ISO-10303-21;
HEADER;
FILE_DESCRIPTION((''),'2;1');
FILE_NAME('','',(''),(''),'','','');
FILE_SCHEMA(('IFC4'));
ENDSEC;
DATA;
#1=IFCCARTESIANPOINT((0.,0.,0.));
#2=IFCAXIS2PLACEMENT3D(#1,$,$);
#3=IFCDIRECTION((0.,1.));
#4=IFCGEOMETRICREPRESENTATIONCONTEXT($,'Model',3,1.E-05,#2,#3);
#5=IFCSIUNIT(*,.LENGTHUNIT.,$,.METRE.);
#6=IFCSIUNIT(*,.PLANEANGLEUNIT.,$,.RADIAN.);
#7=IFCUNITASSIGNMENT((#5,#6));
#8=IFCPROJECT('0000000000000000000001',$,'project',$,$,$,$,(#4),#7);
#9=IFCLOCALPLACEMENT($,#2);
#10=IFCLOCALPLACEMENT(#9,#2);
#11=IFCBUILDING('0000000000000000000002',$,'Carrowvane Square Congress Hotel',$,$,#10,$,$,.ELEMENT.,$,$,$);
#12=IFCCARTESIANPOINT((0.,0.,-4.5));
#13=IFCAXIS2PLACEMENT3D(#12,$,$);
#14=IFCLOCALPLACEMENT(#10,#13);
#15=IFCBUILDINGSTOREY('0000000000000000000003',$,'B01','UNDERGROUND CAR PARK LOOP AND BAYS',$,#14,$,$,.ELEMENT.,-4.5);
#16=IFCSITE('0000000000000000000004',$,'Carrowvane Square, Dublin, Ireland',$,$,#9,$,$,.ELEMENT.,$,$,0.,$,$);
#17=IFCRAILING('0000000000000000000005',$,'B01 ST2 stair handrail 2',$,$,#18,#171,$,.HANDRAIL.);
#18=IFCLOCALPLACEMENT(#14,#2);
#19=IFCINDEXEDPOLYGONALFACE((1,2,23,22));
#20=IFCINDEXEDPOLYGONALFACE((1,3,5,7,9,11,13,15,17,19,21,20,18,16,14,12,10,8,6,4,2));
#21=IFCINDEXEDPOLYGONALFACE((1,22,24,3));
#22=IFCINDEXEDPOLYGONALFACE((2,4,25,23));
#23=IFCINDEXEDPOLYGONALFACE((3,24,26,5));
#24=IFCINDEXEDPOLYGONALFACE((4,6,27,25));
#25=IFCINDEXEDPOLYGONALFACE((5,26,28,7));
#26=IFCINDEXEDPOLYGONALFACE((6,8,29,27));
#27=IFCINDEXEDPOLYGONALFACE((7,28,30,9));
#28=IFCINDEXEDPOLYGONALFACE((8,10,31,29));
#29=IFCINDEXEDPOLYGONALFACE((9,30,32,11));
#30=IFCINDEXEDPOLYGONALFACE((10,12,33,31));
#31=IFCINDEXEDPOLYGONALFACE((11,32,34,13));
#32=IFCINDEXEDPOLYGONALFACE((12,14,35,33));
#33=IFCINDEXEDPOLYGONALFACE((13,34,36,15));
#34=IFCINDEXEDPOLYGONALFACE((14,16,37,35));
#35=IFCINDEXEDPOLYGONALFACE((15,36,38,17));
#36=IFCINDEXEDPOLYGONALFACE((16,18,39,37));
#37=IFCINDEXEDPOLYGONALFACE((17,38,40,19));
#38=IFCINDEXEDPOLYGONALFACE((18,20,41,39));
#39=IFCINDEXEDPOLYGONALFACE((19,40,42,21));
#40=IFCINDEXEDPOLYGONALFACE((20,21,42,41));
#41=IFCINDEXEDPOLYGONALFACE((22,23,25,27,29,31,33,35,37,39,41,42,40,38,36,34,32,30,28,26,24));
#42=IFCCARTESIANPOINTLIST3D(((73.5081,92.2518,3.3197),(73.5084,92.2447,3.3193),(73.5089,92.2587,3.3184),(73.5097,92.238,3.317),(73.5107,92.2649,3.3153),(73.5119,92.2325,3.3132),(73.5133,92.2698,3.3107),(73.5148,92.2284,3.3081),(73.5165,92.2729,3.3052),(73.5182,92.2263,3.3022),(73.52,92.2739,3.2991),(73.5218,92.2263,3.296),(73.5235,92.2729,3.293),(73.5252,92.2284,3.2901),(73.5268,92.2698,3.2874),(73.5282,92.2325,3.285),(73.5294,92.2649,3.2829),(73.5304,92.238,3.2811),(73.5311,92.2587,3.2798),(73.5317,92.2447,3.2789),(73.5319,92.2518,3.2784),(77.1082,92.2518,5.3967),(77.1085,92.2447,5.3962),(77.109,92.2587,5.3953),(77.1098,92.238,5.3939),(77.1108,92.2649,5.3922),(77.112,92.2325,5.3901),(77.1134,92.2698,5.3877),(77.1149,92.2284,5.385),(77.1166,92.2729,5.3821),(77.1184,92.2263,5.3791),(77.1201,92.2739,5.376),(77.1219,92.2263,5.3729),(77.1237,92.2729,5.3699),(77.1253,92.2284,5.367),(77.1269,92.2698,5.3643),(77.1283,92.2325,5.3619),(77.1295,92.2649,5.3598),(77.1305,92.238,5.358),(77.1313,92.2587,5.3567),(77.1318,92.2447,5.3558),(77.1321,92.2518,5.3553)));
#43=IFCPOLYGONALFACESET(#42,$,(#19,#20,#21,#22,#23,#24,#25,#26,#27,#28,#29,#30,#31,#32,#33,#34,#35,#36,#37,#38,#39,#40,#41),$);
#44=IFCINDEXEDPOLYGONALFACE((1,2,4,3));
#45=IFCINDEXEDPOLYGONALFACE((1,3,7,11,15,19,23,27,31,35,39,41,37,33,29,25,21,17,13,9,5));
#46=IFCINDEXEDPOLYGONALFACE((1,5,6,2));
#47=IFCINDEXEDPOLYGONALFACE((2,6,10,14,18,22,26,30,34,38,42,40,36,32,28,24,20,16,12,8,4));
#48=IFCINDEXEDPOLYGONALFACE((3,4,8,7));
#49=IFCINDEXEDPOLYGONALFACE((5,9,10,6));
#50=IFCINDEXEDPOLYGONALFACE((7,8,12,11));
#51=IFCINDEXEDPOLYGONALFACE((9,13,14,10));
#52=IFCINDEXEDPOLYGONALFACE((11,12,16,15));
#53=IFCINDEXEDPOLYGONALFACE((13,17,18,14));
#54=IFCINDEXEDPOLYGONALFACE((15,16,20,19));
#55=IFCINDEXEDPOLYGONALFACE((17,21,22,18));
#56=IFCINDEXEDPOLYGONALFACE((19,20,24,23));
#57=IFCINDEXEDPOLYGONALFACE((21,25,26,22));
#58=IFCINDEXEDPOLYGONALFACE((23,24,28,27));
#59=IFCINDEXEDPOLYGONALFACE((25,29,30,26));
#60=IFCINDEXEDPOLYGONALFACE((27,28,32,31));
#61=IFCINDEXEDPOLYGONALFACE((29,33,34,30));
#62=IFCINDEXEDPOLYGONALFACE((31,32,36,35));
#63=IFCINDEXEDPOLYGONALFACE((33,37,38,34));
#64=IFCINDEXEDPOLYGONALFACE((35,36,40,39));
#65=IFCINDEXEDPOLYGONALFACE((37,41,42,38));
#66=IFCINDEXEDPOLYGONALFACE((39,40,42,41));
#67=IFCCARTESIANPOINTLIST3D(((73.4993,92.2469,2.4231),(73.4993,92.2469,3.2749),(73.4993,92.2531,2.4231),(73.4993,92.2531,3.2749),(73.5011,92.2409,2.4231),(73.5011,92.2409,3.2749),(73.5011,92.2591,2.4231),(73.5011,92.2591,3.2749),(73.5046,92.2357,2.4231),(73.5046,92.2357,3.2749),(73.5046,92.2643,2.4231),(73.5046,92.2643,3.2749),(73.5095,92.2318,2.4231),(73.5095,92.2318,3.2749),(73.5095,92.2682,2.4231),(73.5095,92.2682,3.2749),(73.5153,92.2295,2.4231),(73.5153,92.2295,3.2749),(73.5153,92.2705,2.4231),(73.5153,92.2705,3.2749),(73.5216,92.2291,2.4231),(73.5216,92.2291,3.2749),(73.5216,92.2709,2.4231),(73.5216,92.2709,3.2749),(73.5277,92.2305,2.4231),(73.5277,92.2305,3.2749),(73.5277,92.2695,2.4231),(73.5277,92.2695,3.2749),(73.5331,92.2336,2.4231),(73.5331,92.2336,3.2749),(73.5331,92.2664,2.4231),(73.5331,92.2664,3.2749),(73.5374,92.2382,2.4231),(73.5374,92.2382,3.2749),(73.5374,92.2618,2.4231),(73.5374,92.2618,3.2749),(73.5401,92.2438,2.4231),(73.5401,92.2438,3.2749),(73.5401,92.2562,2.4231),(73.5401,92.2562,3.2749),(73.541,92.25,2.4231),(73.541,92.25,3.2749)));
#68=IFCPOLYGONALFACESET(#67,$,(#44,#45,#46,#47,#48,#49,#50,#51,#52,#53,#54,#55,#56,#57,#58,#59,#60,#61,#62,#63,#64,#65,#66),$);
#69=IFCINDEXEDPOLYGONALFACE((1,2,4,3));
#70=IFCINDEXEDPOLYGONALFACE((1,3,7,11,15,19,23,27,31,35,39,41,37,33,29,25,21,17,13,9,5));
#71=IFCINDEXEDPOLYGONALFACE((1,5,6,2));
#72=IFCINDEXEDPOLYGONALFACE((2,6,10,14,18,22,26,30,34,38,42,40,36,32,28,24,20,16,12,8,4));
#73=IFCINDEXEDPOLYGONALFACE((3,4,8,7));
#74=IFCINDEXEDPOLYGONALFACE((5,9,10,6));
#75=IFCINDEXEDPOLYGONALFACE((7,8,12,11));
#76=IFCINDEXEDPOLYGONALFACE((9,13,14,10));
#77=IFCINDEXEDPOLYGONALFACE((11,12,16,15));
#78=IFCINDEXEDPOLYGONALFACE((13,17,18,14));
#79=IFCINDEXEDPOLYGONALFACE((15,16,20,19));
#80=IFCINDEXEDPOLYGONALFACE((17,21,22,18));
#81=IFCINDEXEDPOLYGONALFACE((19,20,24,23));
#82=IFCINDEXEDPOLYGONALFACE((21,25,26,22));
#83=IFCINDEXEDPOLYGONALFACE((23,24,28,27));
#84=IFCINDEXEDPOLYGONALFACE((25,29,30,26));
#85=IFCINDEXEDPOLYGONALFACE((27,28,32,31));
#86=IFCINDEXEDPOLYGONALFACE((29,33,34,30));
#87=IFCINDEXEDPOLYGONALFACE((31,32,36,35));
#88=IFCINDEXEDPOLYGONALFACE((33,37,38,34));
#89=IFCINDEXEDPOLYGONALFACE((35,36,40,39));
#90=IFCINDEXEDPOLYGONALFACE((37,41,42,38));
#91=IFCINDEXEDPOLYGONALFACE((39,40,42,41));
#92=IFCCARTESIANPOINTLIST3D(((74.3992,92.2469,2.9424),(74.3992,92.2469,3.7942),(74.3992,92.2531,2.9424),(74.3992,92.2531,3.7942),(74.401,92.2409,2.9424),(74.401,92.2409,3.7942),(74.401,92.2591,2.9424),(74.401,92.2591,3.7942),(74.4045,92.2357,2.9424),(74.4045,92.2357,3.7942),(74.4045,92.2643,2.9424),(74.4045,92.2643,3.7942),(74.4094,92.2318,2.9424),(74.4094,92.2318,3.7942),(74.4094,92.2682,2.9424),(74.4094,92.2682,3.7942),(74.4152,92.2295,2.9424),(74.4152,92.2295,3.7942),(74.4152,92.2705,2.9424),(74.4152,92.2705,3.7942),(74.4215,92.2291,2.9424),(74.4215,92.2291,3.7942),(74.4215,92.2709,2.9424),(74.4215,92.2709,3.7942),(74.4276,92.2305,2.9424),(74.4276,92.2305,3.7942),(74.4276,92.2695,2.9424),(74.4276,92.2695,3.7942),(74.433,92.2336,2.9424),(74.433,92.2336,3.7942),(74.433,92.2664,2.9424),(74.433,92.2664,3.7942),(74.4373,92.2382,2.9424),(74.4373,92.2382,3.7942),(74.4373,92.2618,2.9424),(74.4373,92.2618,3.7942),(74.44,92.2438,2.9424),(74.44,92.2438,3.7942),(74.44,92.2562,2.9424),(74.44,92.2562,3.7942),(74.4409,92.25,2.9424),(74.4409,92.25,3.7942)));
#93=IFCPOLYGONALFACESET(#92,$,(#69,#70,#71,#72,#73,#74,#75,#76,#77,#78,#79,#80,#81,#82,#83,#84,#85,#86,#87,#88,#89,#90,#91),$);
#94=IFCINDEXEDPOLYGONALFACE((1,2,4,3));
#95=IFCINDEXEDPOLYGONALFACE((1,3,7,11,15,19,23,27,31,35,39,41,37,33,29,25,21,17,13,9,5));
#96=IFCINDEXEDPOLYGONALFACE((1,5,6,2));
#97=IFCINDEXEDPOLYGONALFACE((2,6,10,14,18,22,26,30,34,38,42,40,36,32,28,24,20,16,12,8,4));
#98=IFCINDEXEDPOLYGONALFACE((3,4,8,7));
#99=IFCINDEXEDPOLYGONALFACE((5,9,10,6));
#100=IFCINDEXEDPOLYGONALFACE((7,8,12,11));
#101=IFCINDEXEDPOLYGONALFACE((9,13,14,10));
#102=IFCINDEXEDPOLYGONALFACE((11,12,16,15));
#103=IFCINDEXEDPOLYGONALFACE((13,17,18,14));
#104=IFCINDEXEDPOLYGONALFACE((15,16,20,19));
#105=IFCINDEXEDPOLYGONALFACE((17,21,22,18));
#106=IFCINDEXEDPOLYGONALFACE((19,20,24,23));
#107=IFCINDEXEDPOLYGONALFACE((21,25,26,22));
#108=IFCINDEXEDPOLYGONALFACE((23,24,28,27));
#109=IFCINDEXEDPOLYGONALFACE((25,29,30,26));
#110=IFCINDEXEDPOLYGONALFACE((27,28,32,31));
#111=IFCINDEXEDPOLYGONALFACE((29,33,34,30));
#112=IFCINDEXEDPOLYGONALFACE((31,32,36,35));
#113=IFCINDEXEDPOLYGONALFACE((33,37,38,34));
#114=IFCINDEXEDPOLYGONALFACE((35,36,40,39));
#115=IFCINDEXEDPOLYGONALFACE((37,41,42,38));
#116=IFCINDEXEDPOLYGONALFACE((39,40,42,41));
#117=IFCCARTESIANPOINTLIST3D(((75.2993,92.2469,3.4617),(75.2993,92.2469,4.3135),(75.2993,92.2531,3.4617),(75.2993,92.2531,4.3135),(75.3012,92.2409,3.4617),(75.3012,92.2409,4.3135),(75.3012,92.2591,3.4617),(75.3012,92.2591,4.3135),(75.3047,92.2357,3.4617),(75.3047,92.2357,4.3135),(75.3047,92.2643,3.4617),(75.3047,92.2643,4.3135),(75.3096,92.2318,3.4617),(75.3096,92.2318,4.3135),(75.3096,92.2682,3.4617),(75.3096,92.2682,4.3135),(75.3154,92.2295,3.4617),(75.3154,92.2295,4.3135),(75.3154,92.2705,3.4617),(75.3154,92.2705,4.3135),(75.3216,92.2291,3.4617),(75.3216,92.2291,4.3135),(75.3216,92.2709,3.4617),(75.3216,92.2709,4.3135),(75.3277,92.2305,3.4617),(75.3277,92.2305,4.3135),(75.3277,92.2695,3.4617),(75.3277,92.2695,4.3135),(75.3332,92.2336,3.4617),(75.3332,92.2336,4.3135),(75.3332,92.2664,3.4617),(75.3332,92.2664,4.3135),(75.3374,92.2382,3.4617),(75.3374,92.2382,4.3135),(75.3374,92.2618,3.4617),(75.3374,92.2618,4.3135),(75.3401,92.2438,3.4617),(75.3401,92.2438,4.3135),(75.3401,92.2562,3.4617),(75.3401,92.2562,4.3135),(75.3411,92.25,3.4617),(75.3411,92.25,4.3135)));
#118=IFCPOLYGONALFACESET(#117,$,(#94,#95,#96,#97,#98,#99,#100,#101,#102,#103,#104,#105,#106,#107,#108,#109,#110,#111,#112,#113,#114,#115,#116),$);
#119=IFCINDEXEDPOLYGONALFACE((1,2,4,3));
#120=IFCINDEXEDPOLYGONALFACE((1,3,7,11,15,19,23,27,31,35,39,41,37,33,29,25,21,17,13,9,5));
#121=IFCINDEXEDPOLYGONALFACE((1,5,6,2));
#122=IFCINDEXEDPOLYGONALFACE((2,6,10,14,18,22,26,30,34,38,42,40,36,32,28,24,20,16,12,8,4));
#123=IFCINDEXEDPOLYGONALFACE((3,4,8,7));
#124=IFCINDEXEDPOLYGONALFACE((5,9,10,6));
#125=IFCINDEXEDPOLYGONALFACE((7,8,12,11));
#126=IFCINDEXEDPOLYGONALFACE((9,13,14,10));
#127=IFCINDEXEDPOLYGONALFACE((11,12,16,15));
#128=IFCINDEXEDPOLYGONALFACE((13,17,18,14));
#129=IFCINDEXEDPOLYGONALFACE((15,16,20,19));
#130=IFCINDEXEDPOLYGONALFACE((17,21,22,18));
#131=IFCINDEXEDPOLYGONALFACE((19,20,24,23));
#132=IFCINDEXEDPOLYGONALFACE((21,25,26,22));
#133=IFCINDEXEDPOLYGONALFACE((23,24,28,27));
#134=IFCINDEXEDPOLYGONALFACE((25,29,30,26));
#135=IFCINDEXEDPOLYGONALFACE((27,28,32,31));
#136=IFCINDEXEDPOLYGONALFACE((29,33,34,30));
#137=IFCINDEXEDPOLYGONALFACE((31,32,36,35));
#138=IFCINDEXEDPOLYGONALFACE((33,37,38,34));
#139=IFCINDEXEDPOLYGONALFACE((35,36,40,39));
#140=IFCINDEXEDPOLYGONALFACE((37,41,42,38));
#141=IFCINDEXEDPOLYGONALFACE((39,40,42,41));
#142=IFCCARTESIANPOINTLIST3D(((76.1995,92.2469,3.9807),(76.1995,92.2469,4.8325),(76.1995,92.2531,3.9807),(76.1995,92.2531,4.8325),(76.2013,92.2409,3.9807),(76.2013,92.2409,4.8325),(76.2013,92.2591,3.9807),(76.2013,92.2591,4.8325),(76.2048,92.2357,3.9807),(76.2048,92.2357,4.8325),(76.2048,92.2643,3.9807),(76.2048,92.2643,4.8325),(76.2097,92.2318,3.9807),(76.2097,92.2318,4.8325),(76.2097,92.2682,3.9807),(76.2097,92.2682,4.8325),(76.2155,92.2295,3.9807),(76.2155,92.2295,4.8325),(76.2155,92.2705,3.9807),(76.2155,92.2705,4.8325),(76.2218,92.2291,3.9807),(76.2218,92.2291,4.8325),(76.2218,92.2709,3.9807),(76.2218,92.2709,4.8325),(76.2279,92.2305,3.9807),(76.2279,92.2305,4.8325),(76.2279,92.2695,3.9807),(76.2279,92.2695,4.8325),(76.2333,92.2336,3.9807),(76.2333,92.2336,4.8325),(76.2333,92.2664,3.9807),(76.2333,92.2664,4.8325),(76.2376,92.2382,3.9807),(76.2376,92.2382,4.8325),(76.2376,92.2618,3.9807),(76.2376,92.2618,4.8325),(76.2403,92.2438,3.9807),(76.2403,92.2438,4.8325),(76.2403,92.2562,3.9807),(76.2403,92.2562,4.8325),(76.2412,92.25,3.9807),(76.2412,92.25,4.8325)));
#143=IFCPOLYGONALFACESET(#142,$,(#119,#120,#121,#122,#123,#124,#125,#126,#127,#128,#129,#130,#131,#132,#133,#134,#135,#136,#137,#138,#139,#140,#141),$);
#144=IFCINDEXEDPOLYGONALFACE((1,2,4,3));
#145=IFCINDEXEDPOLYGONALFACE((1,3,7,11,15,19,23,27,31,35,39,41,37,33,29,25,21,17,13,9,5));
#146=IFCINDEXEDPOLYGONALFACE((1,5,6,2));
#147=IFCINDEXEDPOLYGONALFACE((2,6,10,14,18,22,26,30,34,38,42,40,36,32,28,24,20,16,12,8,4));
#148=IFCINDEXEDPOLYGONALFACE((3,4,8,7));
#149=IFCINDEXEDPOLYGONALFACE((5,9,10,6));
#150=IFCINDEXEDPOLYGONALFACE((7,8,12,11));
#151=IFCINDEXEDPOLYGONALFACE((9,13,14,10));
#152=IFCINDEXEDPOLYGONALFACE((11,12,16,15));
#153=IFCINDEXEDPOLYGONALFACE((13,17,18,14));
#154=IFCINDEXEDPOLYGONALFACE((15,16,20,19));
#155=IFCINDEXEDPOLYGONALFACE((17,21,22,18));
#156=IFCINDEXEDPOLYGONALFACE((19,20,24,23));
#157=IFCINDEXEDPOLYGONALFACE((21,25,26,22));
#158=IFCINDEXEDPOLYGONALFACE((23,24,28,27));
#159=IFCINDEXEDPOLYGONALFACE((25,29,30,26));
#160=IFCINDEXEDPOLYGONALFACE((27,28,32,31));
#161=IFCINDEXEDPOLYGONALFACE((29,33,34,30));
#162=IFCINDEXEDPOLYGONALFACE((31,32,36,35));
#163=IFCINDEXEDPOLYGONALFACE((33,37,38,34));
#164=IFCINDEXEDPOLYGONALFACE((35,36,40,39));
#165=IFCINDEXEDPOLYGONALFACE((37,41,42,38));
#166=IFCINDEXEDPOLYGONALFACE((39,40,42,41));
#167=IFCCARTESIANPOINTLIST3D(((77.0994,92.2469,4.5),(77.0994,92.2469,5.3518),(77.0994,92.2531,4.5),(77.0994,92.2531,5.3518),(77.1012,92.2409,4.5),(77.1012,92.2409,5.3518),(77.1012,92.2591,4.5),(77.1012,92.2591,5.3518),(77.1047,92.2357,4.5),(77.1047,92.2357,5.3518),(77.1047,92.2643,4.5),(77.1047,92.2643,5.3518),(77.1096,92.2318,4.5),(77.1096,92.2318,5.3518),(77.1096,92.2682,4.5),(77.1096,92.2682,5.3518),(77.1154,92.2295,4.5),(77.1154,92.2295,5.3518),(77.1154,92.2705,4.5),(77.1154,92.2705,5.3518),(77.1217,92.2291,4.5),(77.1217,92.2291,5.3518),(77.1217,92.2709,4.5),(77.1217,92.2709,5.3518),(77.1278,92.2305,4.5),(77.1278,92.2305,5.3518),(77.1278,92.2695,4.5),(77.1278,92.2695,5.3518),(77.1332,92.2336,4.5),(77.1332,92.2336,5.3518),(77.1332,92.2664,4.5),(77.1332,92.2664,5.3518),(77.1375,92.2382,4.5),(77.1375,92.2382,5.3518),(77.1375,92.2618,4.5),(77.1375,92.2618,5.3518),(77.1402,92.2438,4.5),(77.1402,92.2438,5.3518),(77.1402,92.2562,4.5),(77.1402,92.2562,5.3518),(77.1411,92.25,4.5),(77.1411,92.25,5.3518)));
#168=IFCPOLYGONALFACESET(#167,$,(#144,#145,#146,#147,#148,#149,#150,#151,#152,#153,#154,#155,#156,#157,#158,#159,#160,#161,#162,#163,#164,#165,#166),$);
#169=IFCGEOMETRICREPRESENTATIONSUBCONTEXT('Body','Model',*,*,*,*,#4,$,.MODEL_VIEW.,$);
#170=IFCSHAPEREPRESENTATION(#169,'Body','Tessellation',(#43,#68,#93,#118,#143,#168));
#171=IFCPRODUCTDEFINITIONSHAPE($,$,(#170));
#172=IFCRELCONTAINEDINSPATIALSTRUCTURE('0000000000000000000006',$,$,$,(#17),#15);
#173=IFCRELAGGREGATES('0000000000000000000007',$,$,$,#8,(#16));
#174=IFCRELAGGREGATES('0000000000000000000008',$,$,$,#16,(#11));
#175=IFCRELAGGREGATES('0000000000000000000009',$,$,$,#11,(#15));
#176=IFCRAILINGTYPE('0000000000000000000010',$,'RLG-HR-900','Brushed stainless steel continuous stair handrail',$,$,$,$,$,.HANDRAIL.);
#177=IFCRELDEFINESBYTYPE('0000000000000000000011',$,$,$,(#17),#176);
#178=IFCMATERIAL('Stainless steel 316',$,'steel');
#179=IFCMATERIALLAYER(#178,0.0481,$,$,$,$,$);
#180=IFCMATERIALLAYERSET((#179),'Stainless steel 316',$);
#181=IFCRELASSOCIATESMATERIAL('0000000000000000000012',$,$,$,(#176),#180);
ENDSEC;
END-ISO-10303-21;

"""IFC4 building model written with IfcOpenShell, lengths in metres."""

from ifc_helpers import new_model, si_unit, direction, frame, origin, origin_2d, place, context, subcontext, project, spatial, circle, extrude, material, layer, layer_set, type_object, element, save


model = new_model("IFC4")

# Units and contexts
model_context = context("Model", 3, precision=1e-05, world=origin(), true_north=direction((0.0, 1.0)))
body_context = subcontext(model_context, "Body", "Model", "MODEL_VIEW")
ifc_project = project(units=[si_unit("LENGTHUNIT", "METRE"), si_unit("PLANEANGLEUNIT", "RADIAN")], contexts=[model_context])

# Site, building, storey
site_placement = place(None, origin())
site = spatial("IfcSite", under=ifc_project, at=site_placement, Name="Carrowvane Square, Dublin, Ireland", CompositionType="ELEMENT", RefElevation=0.0)
building_placement = place(site_placement, origin())
building = spatial("IfcBuilding", under=site, at=building_placement, Name="Carrowvane Square Congress Hotel", CompositionType="ELEMENT")
storey_placement = place(building_placement, frame((0.0, 0.0, -4.5)))
storey = spatial("IfcBuildingStorey", under=building, at=storey_placement, Name="B01", Description="UNDERGROUND CAR PARK LOOP AND BAYS", CompositionType="ELEMENT", Elevation=-4.5)

# Railing
ifc_material_1 = material(Name="Stainless steel 316", Category="steel")
ifc_layer_1 = layer(ifc_material_1, 0.0481)
ifc_layer_set_1 = layer_set([ifc_layer_1], Name="Stainless steel 316")
railing_type_1 = type_object("IfcRailingType", Name="RLG-HR-900", Description="Brushed stainless steel continuous stair handrail", PredefinedType="HANDRAIL", material=ifc_layer_set_1)
railing_1_placement = place(storey_placement, frame((73.52, 92.25, 2.4231)))
element("IfcRailing", 1, at=railing_1_placement, inside=storey, type_object=railing_type_1, Name="B01 ST2 stair handrail 2", PredefinedType="HANDRAIL", context=body_context, shape_type="SweptSolid", body=[
    extrude(circle(Radius=0.0239, at=origin_2d()), frame((0.0, 0.0, 0.876), z_axis=(0.866193, 0.0, 0.499709), x_axis=(0.0, 1.0, 0.0)), (0.0, 0.0, 1.0), 4.1562),
    extrude(circle(Radius=0.021, at=origin_2d()), origin(), (0.0, 0.0, 1.0), 0.8518),
    extrude(circle(Radius=0.021, at=origin_2d()), frame((0.8999, 0.0, 0.5193)), (0.0, 0.0, 1.0), 0.8518),
    extrude(circle(Radius=0.021, at=origin_2d()), frame((1.8, 0.0, 1.0386)), (0.0, 0.0, 1.0), 0.8518),
    extrude(circle(Radius=0.021, at=origin_2d()), frame((2.7002, 0.0, 1.5576)), (0.0, 0.0, 1.0), 0.8518),
    extrude(circle(Radius=0.021, at=origin_2d()), frame((3.6001, 0.0, 2.0769)), (0.0, 0.0, 1.0), 0.8518),
])

save(model, "model.ifc")
